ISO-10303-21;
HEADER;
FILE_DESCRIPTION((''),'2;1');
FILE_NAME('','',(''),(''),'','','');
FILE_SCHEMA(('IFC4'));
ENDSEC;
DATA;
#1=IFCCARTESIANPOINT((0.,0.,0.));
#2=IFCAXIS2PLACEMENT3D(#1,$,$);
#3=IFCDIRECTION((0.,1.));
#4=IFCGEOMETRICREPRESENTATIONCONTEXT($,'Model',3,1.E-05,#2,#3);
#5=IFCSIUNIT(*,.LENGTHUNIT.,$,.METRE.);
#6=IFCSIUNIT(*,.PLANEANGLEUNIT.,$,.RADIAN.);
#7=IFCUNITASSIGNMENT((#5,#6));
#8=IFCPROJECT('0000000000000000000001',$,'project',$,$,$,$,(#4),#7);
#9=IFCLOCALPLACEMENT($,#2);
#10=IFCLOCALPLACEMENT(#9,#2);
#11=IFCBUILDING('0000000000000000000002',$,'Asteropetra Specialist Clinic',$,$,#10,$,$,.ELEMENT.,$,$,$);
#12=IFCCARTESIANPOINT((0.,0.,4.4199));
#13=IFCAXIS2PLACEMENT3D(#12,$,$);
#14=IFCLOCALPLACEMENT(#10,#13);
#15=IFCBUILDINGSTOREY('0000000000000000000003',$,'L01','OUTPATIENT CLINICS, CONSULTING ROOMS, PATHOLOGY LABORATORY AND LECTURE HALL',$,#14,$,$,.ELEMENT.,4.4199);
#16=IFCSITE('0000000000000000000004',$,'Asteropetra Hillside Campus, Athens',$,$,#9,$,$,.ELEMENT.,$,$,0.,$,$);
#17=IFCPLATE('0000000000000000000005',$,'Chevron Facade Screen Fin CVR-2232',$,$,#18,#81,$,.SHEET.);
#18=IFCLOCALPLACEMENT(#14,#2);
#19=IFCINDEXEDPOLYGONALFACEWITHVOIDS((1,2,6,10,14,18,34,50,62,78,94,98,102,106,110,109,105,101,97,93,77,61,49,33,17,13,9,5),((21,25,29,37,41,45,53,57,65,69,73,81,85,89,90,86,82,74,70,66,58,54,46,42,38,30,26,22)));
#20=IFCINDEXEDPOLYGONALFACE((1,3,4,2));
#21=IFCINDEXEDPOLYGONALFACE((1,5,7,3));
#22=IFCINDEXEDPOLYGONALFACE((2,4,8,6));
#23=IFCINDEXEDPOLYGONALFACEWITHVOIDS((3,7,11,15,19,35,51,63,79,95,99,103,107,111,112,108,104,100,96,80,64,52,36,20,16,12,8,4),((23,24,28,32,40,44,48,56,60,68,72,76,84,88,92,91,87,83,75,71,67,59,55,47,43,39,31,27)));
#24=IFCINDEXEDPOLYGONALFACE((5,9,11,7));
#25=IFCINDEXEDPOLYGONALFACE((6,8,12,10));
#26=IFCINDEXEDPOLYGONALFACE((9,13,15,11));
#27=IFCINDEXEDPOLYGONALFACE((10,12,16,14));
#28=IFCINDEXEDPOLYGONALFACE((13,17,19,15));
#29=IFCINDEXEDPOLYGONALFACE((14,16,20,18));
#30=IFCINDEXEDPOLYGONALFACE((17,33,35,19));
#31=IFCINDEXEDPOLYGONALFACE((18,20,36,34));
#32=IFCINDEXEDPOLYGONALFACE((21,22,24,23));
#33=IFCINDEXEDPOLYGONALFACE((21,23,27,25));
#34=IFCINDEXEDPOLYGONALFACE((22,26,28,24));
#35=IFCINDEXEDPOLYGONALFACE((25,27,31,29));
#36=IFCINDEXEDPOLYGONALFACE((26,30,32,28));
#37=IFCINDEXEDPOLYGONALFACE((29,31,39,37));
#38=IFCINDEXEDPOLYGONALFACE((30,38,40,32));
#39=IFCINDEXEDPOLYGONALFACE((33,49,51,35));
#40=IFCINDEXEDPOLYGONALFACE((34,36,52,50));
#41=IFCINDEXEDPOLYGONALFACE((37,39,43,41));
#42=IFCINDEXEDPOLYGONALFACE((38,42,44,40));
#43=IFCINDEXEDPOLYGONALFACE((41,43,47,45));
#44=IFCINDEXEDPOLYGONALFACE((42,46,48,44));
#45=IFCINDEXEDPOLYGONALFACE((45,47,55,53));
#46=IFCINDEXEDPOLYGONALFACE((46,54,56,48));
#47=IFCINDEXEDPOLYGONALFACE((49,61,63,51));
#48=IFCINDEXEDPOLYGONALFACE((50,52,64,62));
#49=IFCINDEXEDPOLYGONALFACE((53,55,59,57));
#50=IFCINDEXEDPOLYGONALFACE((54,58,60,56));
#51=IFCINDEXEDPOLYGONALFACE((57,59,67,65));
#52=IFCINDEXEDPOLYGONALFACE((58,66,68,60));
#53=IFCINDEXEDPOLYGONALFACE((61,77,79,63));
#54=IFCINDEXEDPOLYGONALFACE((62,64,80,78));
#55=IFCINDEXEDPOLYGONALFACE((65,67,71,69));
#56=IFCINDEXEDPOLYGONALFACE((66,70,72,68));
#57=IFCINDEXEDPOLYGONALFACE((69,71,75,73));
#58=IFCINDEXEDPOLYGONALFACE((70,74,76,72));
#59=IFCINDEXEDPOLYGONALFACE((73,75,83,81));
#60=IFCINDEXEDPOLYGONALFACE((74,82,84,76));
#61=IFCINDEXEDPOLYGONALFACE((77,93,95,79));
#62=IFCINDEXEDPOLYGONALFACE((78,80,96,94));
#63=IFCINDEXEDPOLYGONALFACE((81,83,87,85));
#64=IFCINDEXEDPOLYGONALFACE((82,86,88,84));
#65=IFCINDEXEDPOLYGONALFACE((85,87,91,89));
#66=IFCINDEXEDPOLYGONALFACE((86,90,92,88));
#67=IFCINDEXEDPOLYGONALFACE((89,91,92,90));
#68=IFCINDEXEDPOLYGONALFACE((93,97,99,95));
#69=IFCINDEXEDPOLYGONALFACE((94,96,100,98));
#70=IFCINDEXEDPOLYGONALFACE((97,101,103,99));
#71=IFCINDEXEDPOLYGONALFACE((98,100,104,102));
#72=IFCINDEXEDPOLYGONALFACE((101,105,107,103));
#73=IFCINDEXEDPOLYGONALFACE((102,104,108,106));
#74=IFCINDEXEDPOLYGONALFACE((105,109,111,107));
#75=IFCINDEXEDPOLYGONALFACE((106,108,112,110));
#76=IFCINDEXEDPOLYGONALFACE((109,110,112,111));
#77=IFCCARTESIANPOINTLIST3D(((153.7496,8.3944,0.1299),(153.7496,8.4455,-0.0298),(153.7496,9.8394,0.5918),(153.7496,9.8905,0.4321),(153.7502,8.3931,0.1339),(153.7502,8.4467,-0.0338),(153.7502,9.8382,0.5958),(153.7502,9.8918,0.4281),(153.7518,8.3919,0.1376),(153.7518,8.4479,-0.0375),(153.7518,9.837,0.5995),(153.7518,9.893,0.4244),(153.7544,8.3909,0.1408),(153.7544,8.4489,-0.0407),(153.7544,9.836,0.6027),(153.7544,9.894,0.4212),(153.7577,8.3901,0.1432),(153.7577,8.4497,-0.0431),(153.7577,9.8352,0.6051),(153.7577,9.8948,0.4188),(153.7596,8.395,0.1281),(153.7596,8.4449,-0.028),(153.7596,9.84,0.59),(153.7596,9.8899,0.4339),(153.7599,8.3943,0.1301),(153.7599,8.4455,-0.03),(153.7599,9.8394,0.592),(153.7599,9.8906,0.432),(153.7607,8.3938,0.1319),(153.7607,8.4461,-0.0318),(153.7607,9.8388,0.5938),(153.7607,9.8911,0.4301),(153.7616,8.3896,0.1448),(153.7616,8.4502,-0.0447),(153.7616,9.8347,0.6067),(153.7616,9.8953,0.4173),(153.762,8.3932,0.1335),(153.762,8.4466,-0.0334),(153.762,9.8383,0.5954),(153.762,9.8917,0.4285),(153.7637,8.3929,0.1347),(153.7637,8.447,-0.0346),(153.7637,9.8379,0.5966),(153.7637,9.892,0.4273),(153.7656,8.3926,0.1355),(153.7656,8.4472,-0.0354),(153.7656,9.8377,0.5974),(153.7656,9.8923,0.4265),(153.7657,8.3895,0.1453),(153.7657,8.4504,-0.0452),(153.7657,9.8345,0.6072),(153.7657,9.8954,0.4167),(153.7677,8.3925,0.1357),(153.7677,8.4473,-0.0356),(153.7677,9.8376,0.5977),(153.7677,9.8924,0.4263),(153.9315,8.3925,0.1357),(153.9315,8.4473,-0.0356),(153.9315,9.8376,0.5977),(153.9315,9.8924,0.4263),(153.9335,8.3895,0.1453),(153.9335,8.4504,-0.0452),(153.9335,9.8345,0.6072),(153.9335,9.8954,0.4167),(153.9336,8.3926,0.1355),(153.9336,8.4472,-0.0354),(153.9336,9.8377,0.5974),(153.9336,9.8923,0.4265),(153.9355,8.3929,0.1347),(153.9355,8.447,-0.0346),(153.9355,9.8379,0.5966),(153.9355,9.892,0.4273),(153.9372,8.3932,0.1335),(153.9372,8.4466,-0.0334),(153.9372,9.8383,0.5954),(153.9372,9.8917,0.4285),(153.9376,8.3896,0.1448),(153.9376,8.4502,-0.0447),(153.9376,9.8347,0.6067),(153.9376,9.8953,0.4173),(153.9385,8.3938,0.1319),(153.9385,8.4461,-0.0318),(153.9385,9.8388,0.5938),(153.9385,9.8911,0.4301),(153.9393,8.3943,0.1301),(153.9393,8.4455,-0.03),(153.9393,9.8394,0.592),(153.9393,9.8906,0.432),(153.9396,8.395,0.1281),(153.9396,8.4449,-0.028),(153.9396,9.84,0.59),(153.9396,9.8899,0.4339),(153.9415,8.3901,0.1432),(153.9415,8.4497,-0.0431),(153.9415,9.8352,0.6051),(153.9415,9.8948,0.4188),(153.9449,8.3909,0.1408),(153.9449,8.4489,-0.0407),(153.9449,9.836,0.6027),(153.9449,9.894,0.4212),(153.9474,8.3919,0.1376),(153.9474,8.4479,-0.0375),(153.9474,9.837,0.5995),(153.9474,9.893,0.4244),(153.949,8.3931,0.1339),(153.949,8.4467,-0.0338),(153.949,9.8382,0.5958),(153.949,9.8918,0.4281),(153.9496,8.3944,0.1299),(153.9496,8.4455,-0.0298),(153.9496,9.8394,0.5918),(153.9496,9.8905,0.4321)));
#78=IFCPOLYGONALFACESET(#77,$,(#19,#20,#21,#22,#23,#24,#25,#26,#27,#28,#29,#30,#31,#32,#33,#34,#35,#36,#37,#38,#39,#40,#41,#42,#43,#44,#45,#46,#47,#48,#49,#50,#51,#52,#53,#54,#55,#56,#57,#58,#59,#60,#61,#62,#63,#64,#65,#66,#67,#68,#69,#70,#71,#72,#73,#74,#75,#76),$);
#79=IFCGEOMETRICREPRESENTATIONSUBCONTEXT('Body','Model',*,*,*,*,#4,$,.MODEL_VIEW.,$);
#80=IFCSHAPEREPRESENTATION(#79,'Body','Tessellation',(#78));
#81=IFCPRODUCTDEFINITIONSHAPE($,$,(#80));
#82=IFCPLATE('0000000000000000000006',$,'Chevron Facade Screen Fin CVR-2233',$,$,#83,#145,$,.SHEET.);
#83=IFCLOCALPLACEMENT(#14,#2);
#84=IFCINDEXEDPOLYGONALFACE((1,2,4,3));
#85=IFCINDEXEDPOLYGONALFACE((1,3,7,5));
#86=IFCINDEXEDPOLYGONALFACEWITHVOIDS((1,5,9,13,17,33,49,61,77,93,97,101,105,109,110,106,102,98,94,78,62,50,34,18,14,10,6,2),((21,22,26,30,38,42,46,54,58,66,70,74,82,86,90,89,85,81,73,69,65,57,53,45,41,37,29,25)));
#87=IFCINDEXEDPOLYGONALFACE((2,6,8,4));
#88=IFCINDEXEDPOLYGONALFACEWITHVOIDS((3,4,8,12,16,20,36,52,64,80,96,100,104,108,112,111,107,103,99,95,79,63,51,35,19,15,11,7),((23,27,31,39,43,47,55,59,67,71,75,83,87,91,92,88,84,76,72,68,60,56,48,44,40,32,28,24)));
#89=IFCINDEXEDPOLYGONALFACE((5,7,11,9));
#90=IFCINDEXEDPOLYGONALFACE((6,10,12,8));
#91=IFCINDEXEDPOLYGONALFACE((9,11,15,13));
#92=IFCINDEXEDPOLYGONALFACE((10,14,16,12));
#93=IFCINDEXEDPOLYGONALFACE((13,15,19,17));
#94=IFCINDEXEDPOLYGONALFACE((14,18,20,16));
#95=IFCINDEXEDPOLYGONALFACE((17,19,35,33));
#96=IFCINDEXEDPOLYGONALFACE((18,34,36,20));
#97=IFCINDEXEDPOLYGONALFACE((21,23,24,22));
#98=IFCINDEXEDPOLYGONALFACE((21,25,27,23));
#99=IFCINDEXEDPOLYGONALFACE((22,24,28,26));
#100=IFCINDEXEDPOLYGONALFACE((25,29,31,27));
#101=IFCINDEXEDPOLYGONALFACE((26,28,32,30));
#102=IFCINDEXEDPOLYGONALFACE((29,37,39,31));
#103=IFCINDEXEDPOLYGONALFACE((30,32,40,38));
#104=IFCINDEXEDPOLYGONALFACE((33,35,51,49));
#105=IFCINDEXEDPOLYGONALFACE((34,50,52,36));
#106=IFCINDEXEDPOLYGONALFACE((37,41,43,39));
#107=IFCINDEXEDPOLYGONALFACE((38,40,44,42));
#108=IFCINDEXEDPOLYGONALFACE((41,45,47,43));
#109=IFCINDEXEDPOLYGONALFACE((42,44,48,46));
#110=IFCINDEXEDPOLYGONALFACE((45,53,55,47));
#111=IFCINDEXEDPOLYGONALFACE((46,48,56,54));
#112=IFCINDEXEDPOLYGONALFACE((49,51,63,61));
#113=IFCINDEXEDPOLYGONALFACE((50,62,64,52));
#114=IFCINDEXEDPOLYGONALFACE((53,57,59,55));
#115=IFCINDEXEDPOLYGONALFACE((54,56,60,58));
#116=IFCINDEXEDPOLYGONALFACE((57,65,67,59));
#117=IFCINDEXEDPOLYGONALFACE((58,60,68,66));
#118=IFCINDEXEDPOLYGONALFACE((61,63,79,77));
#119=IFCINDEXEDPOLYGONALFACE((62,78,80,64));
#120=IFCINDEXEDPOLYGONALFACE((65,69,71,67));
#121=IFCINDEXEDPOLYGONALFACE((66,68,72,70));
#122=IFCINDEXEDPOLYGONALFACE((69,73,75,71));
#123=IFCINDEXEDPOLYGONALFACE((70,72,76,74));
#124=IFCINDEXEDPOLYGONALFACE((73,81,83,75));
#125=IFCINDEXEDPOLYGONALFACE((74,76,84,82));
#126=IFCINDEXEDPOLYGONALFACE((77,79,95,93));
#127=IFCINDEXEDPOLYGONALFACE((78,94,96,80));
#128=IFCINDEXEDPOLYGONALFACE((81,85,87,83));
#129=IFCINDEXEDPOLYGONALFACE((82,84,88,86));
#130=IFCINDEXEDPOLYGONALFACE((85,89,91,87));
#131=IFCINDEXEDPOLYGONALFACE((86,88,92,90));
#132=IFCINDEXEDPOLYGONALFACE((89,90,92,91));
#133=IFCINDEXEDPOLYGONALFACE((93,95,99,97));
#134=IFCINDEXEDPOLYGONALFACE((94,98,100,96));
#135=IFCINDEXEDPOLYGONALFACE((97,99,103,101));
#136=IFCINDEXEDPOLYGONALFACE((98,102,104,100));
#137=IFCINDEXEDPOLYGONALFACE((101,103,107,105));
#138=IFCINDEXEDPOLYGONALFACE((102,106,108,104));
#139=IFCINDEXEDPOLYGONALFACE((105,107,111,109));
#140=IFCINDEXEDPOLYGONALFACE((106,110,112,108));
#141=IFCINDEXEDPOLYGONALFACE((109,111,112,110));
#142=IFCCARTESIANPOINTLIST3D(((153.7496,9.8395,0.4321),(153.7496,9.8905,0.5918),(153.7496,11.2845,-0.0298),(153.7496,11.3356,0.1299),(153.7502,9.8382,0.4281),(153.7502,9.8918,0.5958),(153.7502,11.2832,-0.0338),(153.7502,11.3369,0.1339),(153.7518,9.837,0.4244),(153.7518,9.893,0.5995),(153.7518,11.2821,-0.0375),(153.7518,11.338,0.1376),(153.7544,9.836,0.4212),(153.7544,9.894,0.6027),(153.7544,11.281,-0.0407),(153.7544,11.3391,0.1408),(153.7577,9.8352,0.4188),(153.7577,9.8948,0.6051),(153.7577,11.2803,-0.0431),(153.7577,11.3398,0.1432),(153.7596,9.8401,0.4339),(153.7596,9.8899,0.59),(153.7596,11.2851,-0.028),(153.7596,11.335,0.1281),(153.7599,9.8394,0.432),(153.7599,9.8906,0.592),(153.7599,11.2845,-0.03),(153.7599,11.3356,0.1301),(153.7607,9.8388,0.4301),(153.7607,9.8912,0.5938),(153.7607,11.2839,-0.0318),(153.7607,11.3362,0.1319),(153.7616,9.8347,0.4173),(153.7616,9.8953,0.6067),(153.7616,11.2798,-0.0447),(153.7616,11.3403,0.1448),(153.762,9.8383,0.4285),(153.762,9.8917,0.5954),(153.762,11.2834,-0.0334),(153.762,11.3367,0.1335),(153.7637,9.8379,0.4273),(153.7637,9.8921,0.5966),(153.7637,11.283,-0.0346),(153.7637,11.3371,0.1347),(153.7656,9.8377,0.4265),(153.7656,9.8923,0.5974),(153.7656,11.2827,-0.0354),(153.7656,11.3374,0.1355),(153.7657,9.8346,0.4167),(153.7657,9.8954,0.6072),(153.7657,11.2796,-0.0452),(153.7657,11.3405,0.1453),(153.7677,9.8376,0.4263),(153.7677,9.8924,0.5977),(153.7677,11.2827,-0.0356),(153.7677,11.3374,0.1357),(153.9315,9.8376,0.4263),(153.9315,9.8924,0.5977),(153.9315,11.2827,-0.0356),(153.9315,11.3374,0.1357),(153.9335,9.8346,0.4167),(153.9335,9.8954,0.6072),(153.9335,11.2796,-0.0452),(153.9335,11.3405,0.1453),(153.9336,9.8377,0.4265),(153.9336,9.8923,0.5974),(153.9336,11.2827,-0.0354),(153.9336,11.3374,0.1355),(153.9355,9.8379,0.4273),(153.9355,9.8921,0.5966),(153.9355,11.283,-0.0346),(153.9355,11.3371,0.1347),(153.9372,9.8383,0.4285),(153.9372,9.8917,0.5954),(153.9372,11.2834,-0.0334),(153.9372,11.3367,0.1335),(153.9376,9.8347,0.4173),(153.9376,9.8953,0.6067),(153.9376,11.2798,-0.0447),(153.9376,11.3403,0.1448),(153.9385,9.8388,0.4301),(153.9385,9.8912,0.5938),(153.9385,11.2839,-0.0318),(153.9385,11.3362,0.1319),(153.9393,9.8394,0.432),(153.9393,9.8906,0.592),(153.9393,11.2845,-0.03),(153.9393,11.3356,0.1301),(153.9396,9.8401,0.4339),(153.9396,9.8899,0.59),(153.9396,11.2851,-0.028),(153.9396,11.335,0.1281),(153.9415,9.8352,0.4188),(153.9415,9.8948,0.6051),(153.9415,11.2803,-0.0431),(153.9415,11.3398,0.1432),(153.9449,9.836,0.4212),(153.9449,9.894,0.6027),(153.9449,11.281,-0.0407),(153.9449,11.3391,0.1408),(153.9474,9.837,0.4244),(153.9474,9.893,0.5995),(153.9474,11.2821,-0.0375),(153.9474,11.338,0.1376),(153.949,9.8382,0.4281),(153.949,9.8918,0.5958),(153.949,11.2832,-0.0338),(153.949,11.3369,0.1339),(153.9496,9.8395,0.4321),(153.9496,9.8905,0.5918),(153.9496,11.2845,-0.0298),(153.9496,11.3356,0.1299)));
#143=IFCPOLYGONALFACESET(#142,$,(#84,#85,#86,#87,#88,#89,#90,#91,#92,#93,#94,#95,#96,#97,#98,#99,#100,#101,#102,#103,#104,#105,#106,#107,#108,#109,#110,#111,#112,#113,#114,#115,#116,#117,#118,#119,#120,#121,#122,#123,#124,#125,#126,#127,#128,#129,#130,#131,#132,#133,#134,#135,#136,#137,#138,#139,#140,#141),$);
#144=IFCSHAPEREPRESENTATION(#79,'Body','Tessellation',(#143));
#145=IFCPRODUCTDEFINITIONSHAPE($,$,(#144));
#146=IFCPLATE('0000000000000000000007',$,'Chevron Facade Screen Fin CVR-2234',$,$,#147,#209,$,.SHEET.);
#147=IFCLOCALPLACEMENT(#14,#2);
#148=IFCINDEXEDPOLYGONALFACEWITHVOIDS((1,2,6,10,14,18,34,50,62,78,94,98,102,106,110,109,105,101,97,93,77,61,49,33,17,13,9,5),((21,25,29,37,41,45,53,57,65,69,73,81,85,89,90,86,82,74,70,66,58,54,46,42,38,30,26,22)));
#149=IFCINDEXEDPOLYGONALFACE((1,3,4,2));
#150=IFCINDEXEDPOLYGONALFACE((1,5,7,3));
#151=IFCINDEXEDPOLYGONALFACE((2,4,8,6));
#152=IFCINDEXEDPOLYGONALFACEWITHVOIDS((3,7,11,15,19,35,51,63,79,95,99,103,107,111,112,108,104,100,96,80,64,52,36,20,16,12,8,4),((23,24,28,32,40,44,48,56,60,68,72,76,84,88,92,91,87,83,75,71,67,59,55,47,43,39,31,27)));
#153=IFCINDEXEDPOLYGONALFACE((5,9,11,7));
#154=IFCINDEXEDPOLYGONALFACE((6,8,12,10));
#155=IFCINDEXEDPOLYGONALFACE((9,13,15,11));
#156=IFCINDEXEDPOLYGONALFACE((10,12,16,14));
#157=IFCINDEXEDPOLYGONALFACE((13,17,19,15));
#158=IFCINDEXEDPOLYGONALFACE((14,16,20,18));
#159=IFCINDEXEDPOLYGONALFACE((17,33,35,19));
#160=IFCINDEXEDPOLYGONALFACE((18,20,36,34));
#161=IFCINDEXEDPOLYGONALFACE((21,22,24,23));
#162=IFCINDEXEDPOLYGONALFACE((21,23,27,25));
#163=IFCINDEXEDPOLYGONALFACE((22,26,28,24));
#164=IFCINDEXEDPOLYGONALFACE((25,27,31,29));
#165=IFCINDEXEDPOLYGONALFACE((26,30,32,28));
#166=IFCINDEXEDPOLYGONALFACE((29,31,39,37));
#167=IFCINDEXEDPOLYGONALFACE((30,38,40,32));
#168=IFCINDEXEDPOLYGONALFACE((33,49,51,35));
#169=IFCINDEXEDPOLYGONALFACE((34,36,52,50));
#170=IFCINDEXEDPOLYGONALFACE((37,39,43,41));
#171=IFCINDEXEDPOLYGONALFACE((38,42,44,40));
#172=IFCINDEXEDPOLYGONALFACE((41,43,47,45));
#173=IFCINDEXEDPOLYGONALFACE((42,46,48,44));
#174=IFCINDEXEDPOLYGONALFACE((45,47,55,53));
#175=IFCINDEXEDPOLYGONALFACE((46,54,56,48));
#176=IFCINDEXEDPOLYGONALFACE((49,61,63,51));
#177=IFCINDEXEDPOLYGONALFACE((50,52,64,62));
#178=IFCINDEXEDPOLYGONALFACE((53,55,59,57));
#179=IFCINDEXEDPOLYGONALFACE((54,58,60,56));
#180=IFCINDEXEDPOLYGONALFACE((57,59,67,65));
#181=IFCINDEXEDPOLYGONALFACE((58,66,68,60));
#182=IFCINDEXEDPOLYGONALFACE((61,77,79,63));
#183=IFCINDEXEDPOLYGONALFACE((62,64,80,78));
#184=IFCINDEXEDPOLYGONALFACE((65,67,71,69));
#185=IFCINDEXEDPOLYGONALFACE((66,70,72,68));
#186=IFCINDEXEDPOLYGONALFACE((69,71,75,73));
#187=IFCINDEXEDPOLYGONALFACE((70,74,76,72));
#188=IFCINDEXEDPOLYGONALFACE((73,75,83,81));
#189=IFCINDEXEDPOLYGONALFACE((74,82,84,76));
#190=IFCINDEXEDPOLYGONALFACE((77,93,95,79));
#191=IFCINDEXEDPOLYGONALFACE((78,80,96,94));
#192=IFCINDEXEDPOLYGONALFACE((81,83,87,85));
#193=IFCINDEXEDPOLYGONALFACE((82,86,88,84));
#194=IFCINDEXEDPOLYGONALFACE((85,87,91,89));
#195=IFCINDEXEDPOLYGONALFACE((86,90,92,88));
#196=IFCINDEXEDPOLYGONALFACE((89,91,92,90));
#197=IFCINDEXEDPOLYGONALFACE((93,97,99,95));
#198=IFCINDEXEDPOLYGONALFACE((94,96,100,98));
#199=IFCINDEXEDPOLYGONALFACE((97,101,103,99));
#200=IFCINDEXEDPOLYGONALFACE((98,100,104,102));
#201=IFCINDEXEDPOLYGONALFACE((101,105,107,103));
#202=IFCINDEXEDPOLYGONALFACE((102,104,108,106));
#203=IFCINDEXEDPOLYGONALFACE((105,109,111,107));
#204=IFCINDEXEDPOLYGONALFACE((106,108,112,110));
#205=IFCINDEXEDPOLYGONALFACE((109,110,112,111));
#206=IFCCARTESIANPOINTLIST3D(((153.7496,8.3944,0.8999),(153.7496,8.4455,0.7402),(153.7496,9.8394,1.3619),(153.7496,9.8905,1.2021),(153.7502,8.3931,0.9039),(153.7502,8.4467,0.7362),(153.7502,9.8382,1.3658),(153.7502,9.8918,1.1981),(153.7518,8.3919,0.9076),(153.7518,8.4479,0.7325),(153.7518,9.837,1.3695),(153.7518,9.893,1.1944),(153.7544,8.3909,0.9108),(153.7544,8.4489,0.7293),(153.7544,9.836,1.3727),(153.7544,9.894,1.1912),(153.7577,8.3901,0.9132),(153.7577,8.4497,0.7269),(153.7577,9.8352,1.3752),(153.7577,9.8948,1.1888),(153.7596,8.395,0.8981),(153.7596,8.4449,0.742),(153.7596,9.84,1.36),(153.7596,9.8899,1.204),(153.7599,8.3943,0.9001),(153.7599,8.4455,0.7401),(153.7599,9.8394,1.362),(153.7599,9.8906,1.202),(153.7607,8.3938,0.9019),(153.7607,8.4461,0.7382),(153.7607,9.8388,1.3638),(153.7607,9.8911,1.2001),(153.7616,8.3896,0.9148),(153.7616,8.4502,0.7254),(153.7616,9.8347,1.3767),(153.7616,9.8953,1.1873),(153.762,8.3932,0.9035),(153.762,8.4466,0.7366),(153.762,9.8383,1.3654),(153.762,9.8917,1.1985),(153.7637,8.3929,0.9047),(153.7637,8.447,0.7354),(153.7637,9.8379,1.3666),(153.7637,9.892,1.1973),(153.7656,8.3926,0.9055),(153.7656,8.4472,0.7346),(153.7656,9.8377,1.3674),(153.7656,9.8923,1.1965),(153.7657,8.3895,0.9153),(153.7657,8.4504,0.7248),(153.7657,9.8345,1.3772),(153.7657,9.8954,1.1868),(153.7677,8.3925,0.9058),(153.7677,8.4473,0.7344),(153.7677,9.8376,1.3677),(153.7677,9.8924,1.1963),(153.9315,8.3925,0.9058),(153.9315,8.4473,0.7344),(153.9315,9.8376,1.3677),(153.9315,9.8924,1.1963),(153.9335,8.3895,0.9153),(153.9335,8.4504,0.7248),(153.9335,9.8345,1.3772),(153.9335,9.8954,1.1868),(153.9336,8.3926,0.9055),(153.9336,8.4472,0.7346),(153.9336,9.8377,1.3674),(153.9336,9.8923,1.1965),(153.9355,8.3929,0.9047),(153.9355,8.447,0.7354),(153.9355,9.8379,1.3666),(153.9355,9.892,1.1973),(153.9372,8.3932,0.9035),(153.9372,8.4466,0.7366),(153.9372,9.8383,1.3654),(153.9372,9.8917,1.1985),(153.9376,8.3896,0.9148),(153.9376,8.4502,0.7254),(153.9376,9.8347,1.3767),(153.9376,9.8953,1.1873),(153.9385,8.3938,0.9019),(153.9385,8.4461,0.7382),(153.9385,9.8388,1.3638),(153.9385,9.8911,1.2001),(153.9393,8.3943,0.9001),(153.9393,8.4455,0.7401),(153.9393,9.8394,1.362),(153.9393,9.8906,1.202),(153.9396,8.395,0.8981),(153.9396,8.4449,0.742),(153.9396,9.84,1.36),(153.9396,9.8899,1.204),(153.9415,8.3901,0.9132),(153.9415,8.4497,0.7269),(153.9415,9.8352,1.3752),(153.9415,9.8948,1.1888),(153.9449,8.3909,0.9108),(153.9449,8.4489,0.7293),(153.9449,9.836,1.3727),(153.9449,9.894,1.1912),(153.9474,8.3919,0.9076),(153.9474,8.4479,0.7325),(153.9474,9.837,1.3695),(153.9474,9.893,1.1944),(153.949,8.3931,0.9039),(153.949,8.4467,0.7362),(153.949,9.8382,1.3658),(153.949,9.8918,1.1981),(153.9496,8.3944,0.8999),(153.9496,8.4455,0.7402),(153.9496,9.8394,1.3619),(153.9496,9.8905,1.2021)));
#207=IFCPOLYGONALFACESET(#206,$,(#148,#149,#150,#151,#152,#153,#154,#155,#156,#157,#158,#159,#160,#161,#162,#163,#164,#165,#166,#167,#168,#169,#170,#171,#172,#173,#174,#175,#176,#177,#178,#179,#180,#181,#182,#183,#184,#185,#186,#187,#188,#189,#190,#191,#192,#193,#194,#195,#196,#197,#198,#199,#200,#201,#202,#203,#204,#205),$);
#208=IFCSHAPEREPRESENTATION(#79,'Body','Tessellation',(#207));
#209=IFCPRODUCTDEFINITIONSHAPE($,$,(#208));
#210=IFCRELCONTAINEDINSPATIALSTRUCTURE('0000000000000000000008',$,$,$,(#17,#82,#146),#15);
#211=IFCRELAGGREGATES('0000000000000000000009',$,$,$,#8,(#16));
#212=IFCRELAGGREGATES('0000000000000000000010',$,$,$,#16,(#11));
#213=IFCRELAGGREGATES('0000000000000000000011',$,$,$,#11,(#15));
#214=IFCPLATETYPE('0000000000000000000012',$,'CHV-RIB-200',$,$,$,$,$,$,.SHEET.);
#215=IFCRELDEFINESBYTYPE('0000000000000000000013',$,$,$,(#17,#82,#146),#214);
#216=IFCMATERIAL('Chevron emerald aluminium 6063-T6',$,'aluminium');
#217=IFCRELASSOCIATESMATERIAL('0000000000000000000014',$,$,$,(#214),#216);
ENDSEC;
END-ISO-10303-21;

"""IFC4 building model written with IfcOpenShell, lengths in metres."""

from ifc_helpers import new_model, si_unit, direction, frame, origin, origin_2d, place, context, subcontext, project, spatial, hollow_rectangle, extrude, material, material_profile, profile_set, type_object, element, save


model = new_model("IFC4")

# Units and contexts
model_context = context("Model", 3, precision=1e-05, world=origin(), true_north=direction((0.0, 1.0)))
body_context = subcontext(model_context, "Body", "Model", "MODEL_VIEW")
ifc_project = project(units=[si_unit("LENGTHUNIT", "METRE"), si_unit("PLANEANGLEUNIT", "RADIAN")], contexts=[model_context])

# Site, building, storey
site_placement = place(None, origin())
site = spatial("IfcSite", under=ifc_project, at=site_placement, Name="Asteropetra Hillside Campus, Athens", CompositionType="ELEMENT", RefElevation=0.0)
building_placement = place(site_placement, origin())
building = spatial("IfcBuilding", under=site, at=building_placement, Name="Asteropetra Specialist Clinic", CompositionType="ELEMENT")
storey_placement = place(building_placement, frame((0.0, 0.0, 4.4199)))
storey = spatial("IfcBuildingStorey", under=building, at=storey_placement, Name="L01", Description="OUTPATIENT CLINICS, CONSULTING ROOMS, PATHOLOGY LABORATORY AND LECTURE HALL", CompositionType="ELEMENT", Elevation=4.4199)

# Plates
ifc_material_1 = material(Name="Chevron emerald aluminium 6063-T6", Category="aluminium")
ifc_material_profile = material_profile(ifc_material_1, hollow_rectangle(XDim=0.2, YDim=0.2, WallThickness=0.01, InnerFilletRadius=0.0081, OuterFilletRadius=0.0161, at=origin_2d()), Name="SHS 200x200x10.0")
ifc_profile_set = profile_set([ifc_material_profile], Name="Chevron emerald aluminium 6063-T6")
plate_type = type_object("IfcPlateType", Name="CHV-RIB-200", PredefinedType="SHEET", material=ifc_profile_set)
for number, where, z_axis, x_axis, name in (
    (1, (153.8496, 8.4199, 0.05), (0.0, 0.952521, 0.304472), (-1.0, 0.0, 0.0), "Chevron Facade Screen Fin CVR-2232"),
    (2, (153.8496, 9.865, 0.512), (0.0, 0.952521, -0.304472), (-1.0, 0.0, 0.0), "Chevron Facade Screen Fin CVR-2233"),
    (3, (153.8496, 8.4199, 0.8201), (0.0, 0.952521, 0.304472), (-1.0, 0.0, 0.0), "Chevron Facade Screen Fin CVR-2234"),
):
    element("IfcPlate", number, at=place(storey_placement, frame(where, z_axis=z_axis, x_axis=x_axis)), inside=storey, type_object=plate_type, Name=name, PredefinedType="SHEET", context=body_context, shape_type="SweptSolid", body=[
        extrude(hollow_rectangle(XDim=0.2, YDim=0.2, WallThickness=0.01, InnerFilletRadius=0.0081, OuterFilletRadius=0.0161, at=origin_2d()), origin(), (0.0, 0.0, 1.0), 1.5171),
    ])

save(model, "model.ifc")
